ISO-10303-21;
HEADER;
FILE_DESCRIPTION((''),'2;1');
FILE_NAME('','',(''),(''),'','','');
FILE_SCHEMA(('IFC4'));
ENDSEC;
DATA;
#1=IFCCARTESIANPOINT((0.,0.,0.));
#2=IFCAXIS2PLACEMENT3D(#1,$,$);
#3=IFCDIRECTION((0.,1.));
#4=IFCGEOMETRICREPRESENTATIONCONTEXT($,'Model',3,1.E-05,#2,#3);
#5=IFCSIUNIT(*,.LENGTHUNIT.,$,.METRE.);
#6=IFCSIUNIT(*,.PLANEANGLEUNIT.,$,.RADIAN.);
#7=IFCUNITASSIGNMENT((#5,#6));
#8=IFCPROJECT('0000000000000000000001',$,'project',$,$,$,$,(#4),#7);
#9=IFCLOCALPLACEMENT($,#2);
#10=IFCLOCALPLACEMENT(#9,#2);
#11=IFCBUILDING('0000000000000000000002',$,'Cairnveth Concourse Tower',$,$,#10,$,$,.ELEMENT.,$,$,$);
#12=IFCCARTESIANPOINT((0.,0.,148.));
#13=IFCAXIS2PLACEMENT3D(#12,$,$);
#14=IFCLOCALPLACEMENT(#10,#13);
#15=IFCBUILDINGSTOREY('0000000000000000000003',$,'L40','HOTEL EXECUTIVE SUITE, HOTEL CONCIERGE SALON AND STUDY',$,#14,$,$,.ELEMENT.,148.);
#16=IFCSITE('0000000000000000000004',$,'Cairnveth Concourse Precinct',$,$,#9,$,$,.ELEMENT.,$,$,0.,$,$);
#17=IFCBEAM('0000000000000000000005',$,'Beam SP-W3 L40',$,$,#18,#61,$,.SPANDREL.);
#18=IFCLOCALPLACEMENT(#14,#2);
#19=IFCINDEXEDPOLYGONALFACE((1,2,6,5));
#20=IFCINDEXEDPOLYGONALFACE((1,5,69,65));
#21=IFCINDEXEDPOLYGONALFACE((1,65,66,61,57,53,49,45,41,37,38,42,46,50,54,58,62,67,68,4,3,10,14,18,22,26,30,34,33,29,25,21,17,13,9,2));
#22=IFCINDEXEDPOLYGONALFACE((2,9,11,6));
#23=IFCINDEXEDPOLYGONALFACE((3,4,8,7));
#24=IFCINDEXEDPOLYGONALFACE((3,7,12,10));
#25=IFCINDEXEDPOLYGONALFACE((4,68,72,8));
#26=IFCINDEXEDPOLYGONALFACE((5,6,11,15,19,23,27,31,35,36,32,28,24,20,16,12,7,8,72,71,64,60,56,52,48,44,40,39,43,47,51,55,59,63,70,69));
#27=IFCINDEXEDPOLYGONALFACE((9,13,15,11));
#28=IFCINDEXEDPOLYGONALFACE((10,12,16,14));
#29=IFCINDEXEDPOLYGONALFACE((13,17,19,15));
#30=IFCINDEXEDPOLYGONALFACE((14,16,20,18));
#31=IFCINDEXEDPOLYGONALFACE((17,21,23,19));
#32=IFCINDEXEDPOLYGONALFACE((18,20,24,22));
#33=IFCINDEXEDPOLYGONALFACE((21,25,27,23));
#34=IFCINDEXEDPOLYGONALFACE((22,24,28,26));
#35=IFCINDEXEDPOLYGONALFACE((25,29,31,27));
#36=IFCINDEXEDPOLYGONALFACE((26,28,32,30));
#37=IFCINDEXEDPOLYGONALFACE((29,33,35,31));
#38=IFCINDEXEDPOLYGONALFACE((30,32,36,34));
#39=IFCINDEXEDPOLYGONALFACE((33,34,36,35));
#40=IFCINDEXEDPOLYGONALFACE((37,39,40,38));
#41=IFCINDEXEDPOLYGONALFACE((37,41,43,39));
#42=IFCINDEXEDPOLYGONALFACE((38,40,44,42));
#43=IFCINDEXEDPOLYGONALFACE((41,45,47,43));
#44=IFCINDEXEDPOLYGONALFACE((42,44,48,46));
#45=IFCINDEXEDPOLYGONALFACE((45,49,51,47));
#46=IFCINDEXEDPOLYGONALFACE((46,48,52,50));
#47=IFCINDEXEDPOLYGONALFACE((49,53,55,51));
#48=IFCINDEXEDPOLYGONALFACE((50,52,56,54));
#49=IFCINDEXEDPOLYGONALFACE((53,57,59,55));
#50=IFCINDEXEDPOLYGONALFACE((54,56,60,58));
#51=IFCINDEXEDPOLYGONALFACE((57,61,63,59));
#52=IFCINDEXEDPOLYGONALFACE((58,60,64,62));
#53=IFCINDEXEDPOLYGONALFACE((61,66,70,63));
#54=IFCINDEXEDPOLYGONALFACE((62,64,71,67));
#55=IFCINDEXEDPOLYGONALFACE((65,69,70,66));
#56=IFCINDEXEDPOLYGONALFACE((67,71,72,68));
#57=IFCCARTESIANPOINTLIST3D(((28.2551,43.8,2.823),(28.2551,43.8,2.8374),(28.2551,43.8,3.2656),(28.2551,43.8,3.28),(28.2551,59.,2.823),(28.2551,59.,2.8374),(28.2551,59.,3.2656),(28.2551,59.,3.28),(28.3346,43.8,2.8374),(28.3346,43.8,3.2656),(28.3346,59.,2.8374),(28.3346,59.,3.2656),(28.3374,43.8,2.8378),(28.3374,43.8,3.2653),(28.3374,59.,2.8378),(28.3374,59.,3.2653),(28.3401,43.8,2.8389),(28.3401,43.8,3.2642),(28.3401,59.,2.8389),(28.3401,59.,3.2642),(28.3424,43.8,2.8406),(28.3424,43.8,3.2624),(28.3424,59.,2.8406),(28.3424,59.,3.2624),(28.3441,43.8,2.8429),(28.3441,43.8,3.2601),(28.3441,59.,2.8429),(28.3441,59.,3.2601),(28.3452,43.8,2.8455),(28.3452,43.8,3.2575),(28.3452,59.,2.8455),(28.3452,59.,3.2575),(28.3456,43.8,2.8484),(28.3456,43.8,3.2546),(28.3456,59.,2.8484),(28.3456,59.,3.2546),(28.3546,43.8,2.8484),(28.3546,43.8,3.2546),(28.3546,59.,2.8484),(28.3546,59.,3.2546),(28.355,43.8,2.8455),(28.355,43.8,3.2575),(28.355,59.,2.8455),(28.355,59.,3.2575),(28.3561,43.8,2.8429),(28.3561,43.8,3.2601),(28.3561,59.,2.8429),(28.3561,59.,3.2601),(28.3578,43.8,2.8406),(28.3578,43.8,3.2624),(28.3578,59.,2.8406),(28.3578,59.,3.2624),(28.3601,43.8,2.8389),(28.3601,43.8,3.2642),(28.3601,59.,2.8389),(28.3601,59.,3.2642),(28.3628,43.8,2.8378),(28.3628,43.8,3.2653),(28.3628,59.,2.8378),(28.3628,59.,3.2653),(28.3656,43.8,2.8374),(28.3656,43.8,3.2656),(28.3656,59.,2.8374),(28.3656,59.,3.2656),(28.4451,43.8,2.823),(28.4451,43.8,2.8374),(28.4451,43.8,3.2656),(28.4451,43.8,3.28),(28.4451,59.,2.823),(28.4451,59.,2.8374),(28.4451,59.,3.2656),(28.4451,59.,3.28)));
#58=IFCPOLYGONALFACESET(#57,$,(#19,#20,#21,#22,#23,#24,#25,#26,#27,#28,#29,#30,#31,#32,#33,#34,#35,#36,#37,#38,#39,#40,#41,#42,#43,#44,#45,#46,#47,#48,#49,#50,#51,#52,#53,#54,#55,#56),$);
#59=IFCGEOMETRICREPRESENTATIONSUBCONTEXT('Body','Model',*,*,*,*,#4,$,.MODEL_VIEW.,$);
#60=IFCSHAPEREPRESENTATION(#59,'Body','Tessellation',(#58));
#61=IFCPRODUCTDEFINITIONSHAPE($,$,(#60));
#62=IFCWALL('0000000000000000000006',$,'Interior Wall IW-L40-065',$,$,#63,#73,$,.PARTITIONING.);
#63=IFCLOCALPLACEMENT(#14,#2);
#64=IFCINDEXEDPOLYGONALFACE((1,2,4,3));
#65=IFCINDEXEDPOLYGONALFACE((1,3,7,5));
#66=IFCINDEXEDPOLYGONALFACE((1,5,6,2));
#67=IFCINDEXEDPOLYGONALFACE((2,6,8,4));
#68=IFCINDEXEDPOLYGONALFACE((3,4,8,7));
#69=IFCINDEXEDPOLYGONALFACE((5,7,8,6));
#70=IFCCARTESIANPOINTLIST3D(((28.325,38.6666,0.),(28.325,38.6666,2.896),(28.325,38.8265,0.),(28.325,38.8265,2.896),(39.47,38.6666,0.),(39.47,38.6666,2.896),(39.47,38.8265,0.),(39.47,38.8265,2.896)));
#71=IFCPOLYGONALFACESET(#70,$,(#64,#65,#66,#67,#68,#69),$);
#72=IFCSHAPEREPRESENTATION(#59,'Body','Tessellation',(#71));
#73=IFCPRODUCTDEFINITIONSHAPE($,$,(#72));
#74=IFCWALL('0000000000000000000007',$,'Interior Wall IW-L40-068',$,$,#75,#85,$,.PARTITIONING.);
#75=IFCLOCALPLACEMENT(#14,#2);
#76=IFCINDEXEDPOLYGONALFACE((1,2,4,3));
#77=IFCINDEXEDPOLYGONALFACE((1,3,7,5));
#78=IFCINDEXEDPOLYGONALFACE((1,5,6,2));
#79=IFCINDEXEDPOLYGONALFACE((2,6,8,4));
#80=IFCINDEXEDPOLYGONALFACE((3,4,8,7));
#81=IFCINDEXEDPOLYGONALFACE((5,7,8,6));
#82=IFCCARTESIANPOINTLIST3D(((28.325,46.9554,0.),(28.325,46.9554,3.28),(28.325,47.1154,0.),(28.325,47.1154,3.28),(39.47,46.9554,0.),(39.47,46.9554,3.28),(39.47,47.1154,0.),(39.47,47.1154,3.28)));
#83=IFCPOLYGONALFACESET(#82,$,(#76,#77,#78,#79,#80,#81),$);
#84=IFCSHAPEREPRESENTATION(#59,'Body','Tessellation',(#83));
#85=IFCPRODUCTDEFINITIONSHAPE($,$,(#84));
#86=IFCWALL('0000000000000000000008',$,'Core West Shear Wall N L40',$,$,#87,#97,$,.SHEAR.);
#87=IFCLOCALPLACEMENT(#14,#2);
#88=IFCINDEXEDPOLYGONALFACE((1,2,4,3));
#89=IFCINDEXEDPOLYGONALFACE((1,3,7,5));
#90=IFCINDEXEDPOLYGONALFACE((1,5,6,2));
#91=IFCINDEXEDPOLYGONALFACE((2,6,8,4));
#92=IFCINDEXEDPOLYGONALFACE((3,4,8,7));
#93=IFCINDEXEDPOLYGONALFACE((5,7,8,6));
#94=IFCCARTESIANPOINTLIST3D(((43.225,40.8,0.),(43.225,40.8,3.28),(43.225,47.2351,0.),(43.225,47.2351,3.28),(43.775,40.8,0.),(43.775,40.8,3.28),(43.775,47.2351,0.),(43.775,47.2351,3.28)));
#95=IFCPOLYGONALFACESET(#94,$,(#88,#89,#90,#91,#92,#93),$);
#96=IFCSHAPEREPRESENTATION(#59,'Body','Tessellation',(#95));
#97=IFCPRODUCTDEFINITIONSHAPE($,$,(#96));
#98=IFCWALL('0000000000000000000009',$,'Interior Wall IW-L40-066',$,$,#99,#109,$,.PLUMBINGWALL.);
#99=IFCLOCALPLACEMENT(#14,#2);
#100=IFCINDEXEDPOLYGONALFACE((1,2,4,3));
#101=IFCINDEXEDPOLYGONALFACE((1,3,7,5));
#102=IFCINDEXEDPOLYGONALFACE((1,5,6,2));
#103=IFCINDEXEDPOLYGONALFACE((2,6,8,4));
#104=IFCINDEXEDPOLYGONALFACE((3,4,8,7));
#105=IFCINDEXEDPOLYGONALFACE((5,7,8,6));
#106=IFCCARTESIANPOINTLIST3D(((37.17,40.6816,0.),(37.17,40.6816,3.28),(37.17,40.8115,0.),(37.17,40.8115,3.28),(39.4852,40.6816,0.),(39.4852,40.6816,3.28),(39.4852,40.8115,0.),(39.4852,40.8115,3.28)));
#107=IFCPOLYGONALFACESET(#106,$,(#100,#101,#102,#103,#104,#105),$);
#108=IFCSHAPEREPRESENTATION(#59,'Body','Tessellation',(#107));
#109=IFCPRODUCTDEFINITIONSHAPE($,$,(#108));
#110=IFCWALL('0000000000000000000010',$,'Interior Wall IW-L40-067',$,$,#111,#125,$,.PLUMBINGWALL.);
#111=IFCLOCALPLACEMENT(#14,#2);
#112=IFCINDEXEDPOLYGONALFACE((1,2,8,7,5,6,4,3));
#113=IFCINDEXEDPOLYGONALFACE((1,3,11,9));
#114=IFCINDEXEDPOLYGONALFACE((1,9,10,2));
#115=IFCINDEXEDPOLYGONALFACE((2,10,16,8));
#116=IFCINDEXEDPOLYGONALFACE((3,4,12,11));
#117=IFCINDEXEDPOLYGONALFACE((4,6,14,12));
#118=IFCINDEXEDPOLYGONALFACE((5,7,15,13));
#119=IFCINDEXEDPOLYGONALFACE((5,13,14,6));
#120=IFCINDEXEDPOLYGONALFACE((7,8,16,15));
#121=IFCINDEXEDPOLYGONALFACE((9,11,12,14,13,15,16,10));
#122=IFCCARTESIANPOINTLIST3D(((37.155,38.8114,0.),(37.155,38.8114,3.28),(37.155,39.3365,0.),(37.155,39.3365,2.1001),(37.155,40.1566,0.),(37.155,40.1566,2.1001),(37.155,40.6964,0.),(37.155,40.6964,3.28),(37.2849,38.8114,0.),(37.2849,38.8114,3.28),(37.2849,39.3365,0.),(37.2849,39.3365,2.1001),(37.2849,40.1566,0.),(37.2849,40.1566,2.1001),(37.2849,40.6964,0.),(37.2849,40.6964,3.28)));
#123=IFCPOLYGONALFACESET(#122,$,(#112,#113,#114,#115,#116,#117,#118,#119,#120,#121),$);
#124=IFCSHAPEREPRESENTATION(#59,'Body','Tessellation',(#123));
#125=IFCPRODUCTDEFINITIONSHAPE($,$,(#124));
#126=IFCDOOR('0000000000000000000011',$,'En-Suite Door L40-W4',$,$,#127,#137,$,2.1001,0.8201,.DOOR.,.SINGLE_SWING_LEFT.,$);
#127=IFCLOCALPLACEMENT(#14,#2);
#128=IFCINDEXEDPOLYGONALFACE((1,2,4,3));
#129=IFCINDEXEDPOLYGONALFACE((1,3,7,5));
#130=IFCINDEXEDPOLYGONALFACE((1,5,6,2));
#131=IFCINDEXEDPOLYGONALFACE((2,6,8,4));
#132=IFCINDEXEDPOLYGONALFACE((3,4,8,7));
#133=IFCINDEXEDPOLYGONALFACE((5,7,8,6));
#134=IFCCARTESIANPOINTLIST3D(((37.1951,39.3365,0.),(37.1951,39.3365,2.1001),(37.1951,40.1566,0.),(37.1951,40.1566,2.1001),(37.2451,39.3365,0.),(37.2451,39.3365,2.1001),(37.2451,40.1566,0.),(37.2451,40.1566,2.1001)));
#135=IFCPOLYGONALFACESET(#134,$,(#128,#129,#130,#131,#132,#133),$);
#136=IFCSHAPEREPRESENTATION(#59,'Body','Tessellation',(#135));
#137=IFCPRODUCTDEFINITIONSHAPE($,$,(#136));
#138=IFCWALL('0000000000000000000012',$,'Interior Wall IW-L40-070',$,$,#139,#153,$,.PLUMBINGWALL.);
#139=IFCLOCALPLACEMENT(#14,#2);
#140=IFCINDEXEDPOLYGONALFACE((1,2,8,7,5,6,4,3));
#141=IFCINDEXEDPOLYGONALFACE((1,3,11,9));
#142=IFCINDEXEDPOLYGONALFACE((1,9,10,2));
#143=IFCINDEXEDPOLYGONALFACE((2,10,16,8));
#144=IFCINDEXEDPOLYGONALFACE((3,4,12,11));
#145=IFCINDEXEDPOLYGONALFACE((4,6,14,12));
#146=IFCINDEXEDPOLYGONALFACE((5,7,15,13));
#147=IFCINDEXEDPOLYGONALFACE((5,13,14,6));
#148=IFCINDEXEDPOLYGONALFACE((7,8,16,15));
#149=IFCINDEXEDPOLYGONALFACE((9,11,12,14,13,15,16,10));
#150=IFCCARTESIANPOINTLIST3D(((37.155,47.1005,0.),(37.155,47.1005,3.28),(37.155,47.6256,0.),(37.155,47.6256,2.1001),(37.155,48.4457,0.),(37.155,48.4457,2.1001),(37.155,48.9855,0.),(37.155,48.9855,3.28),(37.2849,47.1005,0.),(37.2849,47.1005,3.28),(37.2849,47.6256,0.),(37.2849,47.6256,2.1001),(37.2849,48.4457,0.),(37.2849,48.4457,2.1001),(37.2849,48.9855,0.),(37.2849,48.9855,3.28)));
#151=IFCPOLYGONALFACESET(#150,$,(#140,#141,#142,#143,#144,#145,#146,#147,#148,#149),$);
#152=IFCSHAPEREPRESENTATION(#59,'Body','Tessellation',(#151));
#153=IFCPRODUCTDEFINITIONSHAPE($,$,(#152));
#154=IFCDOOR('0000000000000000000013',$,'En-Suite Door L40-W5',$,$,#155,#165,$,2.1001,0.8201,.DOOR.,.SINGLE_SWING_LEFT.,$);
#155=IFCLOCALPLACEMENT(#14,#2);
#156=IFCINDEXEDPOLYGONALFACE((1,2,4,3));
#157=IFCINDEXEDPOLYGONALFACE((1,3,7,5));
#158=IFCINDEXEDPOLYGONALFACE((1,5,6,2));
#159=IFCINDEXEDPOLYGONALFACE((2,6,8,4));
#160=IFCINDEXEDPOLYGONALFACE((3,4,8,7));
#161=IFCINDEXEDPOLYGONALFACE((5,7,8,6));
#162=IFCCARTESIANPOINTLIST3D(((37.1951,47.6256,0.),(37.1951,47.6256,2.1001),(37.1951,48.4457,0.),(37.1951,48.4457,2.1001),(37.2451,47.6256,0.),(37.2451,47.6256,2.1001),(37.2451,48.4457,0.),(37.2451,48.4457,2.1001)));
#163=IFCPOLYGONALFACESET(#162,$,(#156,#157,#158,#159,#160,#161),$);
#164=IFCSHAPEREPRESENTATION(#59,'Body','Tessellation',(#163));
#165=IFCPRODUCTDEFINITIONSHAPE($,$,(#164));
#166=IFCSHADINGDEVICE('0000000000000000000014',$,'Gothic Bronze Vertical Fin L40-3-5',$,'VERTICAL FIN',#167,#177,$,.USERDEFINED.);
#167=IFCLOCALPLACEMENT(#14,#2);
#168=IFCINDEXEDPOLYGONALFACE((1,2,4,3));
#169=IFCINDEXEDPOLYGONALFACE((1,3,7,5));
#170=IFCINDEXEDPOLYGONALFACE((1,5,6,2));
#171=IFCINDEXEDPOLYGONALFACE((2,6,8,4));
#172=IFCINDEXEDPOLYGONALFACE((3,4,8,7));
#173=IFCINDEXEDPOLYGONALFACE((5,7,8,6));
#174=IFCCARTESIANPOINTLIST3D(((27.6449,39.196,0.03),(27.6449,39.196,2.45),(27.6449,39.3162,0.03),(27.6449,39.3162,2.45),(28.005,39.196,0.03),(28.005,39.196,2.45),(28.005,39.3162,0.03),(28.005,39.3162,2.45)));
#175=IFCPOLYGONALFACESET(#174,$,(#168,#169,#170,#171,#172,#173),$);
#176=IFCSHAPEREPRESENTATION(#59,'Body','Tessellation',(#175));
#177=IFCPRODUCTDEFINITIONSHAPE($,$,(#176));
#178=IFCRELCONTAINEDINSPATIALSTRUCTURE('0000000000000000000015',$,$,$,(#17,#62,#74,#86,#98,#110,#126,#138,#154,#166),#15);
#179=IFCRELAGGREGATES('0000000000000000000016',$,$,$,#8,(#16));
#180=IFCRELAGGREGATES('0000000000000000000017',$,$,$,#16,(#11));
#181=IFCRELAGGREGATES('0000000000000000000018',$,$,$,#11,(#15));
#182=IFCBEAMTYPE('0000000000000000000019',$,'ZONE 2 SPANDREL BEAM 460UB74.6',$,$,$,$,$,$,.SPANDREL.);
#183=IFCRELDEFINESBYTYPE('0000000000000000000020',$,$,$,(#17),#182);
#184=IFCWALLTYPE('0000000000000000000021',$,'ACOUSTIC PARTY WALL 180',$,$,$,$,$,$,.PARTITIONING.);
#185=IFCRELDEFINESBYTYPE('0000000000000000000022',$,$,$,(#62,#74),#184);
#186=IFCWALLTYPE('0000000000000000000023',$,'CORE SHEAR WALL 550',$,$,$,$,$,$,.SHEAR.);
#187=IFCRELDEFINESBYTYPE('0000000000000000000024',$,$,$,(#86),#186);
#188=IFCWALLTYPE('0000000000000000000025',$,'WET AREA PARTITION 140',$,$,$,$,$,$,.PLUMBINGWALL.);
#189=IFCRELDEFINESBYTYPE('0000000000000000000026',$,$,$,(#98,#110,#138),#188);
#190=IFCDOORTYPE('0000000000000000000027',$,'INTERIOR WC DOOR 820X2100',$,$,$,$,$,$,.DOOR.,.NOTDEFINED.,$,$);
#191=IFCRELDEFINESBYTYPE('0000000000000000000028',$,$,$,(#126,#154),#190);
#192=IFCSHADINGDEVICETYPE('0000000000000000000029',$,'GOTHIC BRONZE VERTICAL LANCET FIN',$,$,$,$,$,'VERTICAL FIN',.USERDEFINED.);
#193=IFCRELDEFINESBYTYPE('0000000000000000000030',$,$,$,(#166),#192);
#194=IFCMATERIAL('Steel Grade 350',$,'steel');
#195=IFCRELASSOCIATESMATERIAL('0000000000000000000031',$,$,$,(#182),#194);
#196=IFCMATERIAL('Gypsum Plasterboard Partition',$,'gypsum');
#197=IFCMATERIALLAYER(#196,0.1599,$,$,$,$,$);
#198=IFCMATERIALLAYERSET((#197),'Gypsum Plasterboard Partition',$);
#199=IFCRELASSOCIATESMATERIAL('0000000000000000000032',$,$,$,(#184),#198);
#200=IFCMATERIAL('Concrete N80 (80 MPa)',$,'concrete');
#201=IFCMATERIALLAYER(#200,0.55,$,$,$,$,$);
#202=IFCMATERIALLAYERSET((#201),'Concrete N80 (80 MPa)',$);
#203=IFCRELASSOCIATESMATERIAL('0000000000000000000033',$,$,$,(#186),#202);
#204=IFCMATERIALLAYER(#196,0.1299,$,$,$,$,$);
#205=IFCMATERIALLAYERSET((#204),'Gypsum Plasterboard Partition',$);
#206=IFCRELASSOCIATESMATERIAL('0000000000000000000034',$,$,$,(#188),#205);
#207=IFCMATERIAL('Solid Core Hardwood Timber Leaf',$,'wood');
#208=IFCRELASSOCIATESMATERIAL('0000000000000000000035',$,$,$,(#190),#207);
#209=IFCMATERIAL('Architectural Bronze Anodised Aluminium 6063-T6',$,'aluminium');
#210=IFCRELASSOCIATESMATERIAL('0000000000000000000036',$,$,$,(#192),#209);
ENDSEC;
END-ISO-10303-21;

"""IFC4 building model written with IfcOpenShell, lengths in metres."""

from ifc_helpers import new_model, si_unit, direction, frame, frame_2d, origin, origin_2d, place, context, subcontext, project, spatial, rectangle, i_section, extrude, material, layer, layer_set, material_profile, profile_set, type_object, element, fill, save


model = new_model("IFC4")

# Units and contexts
model_context = context("Model", 3, precision=1e-05, world=origin(), true_north=direction((0.0, 1.0)))
body_context = subcontext(model_context, "Body", "Model", "MODEL_VIEW")
ifc_project = project(units=[si_unit("LENGTHUNIT", "METRE"), si_unit("PLANEANGLEUNIT", "RADIAN")], contexts=[model_context])

# Site, building, storey
site_placement = place(None, origin())
site = spatial("IfcSite", under=ifc_project, at=site_placement, Name="Cairnveth Concourse Precinct", CompositionType="ELEMENT", RefElevation=0.0)
building_placement = place(site_placement, origin())
building = spatial("IfcBuilding", under=site, at=building_placement, Name="Cairnveth Concourse Tower", CompositionType="ELEMENT")
storey_placement = place(building_placement, frame((0.0, 0.0, 148.0)))
storey = spatial("IfcBuildingStorey", under=building, at=storey_placement, Name="L40", Description="HOTEL EXECUTIVE SUITE, HOTEL CONCIERGE SALON AND STUDY", CompositionType="ELEMENT", Elevation=148.0)

# Beam
ifc_material_1 = material(Name="Steel Grade 350", Category="steel")
ifc_material_profile_1 = material_profile(ifc_material_1, i_section(OverallWidth=0.1899, OverallDepth=0.457, WebThickness=0.009, FlangeThickness=0.0144, FilletRadius=0.011, at=origin_2d()), Name="460UB74.6")
ifc_profile_set_1 = profile_set([ifc_material_profile_1], Name="Steel Grade 350")
beam_type_1 = type_object("IfcBeamType", Name="ZONE 2 SPANDREL BEAM 460UB74.6", PredefinedType="SPANDREL", material=ifc_profile_set_1)
beam_1_placement = place(storey_placement, frame((28.3501, 43.8, 3.0515), z_axis=(0.0, 1.0, 0.0), x_axis=(-1.0, 0.0, 0.0)))
element("IfcBeam", 1, at=beam_1_placement, inside=storey, type_object=beam_type_1, Name="Beam SP-W3 L40", PredefinedType="SPANDREL", context=body_context, shape_type="SweptSolid", body=[
    extrude(i_section(OverallWidth=0.1899, OverallDepth=0.457, WebThickness=0.009, FlangeThickness=0.0144, FilletRadius=0.011, at=origin_2d()), origin(), (0.0, 0.0, 1.0), 15.2),
])

# Walls
ifc_material_2 = material(Name="Gypsum Plasterboard Partition", Category="gypsum")
ifc_layer_1 = layer(ifc_material_2, 0.1599)
ifc_layer_set_1 = layer_set([ifc_layer_1], Name="Gypsum Plasterboard Partition")
wall_type_1 = type_object("IfcWallType", Name="ACOUSTIC PARTY WALL 180", PredefinedType="PARTITIONING", material=ifc_layer_set_1)
wall_1_placement = place(storey_placement, frame((28.325, 38.7466, 0.0), z_axis=(0.0, 0.0, 1.0), x_axis=(1.0, 0.0, 0.0)))
element("IfcWall", 2, at=wall_1_placement, inside=storey, type_object=wall_type_1, Name="Interior Wall IW-L40-065", PredefinedType="PARTITIONING", context=body_context, shape_type="SweptSolid", body=[
    extrude(rectangle(XDim=11.145, YDim=0.1599, at=frame_2d((5.5725, 0.0))), origin(), (0.0, 0.0, 1.0), 2.896),
])
wall_2_placement = place(storey_placement, frame((28.325, 47.0354, 0.0), z_axis=(0.0, 0.0, 1.0), x_axis=(1.0, 0.0, 0.0)))
element("IfcWall", 3, at=wall_2_placement, inside=storey, type_object=wall_type_1, Name="Interior Wall IW-L40-068", PredefinedType="PARTITIONING", context=body_context, shape_type="SweptSolid", body=[
    extrude(rectangle(XDim=11.145, YDim=0.1599, at=frame_2d((5.5725, 0.0))), origin(), (0.0, 0.0, 1.0), 3.28),
])
ifc_material_3 = material(Name="Concrete N80 (80 MPa)", Category="concrete")
ifc_layer_2 = layer(ifc_material_3, 0.55)
ifc_layer_set_2 = layer_set([ifc_layer_2], Name="Concrete N80 (80 MPa)")
wall_type_2 = type_object("IfcWallType", Name="CORE SHEAR WALL 550", PredefinedType="SHEAR", material=ifc_layer_set_2)
wall_3_placement = place(storey_placement, frame((43.5, 40.8, 0.0), z_axis=(0.0, 0.0, 1.0), x_axis=(0.0, 1.0, 0.0)))
element("IfcWall", 4, at=wall_3_placement, inside=storey, type_object=wall_type_2, Name="Core West Shear Wall N L40", PredefinedType="SHEAR", context=body_context, shape_type="SweptSolid", body=[
    extrude(rectangle(XDim=6.4351, YDim=0.55, at=frame_2d((3.2175, 0.0))), origin(), (0.0, 0.0, 1.0), 3.28),
])

# Wall
ifc_layer_3 = layer(ifc_material_2, 0.1299)
ifc_layer_set_3 = layer_set([ifc_layer_3], Name="Gypsum Plasterboard Partition")
wall_type_3 = type_object("IfcWallType", Name="WET AREA PARTITION 140", PredefinedType="PLUMBINGWALL", material=ifc_layer_set_3)
wall_4_placement = place(storey_placement, frame((37.1699, 40.7466, 0.0), z_axis=(0.0, 0.0, 1.0), x_axis=(1.0, 0.0, 0.0)))
element("IfcWall", 5, at=wall_4_placement, inside=storey, type_object=wall_type_3, Name="Interior Wall IW-L40-066", PredefinedType="PLUMBINGWALL", context=body_context, shape_type="SweptSolid", body=[
    extrude(rectangle(XDim=2.3152, YDim=0.1299, at=frame_2d((1.1577, 0.0))), origin(), (0.0, 0.0, 1.0), 3.28),
])

# Walls, openings, doors
wall_5_placement = place(storey_placement, frame((37.22, 38.8115, 0.0), z_axis=(0.0, 0.0, 1.0), x_axis=(0.0, 1.0, 0.0)))
wall_5 = element("IfcWall", 6, at=wall_5_placement, inside=storey, type_object=wall_type_3, Name="Interior Wall IW-L40-067", PredefinedType="PLUMBINGWALL", context=body_context, shape_type="SweptSolid", body=[
    extrude(rectangle(XDim=1.885, YDim=0.1299, at=frame_2d((0.9424, 0.0))), origin(), (0.0, 0.0, 1.0), 3.28),
])
opening_1_placement = place(wall_5_placement, frame((0.5249, 0.0, 0.0)))
opening_1 = element("IfcOpeningElement", 7, at=opening_1_placement, cuts=wall_5, PredefinedType="OPENING", context=body_context, shape_type="SweptSolid", body=[
    extrude(rectangle(XDim=0.8201, YDim=2.1001, at=frame_2d((0.4102, 1.05))), frame((0.0, 0.075, 0.0), z_axis=(0.0, -1.0, 0.0), x_axis=(1.0, 0.0, 0.0)), (0.0, 0.0, 1.0), 0.1499),
])
ifc_material_4 = material(Name="Solid Core Hardwood Timber Leaf", Category="wood")
door_type_1 = type_object("IfcDoorType", Name="INTERIOR WC DOOR 820X2100", OperationType="NOTDEFINED", PredefinedType="DOOR", material=ifc_material_4)
door_1_placement = place(opening_1_placement, origin())
door_1 = element("IfcDoor", 8, at=door_1_placement, inside=storey, type_object=door_type_1, Name="En-Suite Door L40-W4", OperationType="SINGLE_SWING_LEFT", OverallHeight=2.1001, OverallWidth=0.8201, PredefinedType="DOOR", context=body_context, shape_type="SweptSolid", body=[
    extrude(rectangle(XDim=0.8201, YDim=2.1001, at=frame_2d((0.4102, 1.05))), frame((0.0, 0.0249, 0.0), z_axis=(0.0, -1.0, 0.0), x_axis=(1.0, 0.0, 0.0)), (0.0, 0.0, 1.0), 0.05),
])
fill(opening_1, door_1)
wall_6_placement = place(storey_placement, frame((37.22, 47.1006, 0.0), z_axis=(0.0, 0.0, 1.0), x_axis=(0.0, 1.0, 0.0)))
wall_6 = element("IfcWall", 9, at=wall_6_placement, inside=storey, type_object=wall_type_3, Name="Interior Wall IW-L40-070", PredefinedType="PLUMBINGWALL", context=body_context, shape_type="SweptSolid", body=[
    extrude(rectangle(XDim=1.885, YDim=0.1299, at=frame_2d((0.9424, 0.0))), origin(), (0.0, 0.0, 1.0), 3.28),
])
opening_2_placement = place(wall_6_placement, frame((0.5249, 0.0, 0.0)))
opening_2 = element("IfcOpeningElement", 10, at=opening_2_placement, cuts=wall_6, PredefinedType="OPENING", context=body_context, shape_type="SweptSolid", body=[
    extrude(rectangle(XDim=0.8201, YDim=2.1001, at=frame_2d((0.4102, 1.05))), frame((0.0, 0.075, 0.0), z_axis=(0.0, -1.0, 0.0), x_axis=(1.0, 0.0, 0.0)), (0.0, 0.0, 1.0), 0.1499),
])
door_2_placement = place(opening_2_placement, origin())
door_2 = element("IfcDoor", 11, at=door_2_placement, inside=storey, type_object=door_type_1, Name="En-Suite Door L40-W5", OperationType="SINGLE_SWING_LEFT", OverallHeight=2.1001, OverallWidth=0.8201, PredefinedType="DOOR", context=body_context, shape_type="SweptSolid", body=[
    extrude(rectangle(XDim=0.8201, YDim=2.1001, at=frame_2d((0.4102, 1.05))), frame((0.0, 0.0249, 0.0), z_axis=(0.0, -1.0, 0.0), x_axis=(1.0, 0.0, 0.0)), (0.0, 0.0, 1.0), 0.05),
])
fill(opening_2, door_2)

# Shading device
ifc_material_5 = material(Name="Architectural Bronze Anodised Aluminium 6063-T6", Category="aluminium")
shading_device_type = type_object("IfcShadingDeviceType", Name="GOTHIC BRONZE VERTICAL LANCET FIN", ElementType="VERTICAL FIN", PredefinedType="USERDEFINED", material=ifc_material_5)
for number, where, z_axis, x_axis, name in (
    (12, (27.825, 39.2561, 0.03), (0.0, 0.0, 1.0), (0.0, 1.0, 0.0), "Gothic Bronze Vertical Fin L40-3-5"),
):
    element("IfcShadingDevice", number, at=place(storey_placement, frame(where, z_axis=z_axis, x_axis=x_axis)), inside=storey, type_object=shading_device_type, Name=name, ObjectType="VERTICAL FIN", PredefinedType="USERDEFINED", context=body_context, shape_type="SweptSolid", body=[
        extrude(rectangle(XDim=0.1201, YDim=0.3601, at=origin_2d()), origin(), (0.0, 0.0, 1.0), 2.4199),
    ])

save(model, "model.ifc")
